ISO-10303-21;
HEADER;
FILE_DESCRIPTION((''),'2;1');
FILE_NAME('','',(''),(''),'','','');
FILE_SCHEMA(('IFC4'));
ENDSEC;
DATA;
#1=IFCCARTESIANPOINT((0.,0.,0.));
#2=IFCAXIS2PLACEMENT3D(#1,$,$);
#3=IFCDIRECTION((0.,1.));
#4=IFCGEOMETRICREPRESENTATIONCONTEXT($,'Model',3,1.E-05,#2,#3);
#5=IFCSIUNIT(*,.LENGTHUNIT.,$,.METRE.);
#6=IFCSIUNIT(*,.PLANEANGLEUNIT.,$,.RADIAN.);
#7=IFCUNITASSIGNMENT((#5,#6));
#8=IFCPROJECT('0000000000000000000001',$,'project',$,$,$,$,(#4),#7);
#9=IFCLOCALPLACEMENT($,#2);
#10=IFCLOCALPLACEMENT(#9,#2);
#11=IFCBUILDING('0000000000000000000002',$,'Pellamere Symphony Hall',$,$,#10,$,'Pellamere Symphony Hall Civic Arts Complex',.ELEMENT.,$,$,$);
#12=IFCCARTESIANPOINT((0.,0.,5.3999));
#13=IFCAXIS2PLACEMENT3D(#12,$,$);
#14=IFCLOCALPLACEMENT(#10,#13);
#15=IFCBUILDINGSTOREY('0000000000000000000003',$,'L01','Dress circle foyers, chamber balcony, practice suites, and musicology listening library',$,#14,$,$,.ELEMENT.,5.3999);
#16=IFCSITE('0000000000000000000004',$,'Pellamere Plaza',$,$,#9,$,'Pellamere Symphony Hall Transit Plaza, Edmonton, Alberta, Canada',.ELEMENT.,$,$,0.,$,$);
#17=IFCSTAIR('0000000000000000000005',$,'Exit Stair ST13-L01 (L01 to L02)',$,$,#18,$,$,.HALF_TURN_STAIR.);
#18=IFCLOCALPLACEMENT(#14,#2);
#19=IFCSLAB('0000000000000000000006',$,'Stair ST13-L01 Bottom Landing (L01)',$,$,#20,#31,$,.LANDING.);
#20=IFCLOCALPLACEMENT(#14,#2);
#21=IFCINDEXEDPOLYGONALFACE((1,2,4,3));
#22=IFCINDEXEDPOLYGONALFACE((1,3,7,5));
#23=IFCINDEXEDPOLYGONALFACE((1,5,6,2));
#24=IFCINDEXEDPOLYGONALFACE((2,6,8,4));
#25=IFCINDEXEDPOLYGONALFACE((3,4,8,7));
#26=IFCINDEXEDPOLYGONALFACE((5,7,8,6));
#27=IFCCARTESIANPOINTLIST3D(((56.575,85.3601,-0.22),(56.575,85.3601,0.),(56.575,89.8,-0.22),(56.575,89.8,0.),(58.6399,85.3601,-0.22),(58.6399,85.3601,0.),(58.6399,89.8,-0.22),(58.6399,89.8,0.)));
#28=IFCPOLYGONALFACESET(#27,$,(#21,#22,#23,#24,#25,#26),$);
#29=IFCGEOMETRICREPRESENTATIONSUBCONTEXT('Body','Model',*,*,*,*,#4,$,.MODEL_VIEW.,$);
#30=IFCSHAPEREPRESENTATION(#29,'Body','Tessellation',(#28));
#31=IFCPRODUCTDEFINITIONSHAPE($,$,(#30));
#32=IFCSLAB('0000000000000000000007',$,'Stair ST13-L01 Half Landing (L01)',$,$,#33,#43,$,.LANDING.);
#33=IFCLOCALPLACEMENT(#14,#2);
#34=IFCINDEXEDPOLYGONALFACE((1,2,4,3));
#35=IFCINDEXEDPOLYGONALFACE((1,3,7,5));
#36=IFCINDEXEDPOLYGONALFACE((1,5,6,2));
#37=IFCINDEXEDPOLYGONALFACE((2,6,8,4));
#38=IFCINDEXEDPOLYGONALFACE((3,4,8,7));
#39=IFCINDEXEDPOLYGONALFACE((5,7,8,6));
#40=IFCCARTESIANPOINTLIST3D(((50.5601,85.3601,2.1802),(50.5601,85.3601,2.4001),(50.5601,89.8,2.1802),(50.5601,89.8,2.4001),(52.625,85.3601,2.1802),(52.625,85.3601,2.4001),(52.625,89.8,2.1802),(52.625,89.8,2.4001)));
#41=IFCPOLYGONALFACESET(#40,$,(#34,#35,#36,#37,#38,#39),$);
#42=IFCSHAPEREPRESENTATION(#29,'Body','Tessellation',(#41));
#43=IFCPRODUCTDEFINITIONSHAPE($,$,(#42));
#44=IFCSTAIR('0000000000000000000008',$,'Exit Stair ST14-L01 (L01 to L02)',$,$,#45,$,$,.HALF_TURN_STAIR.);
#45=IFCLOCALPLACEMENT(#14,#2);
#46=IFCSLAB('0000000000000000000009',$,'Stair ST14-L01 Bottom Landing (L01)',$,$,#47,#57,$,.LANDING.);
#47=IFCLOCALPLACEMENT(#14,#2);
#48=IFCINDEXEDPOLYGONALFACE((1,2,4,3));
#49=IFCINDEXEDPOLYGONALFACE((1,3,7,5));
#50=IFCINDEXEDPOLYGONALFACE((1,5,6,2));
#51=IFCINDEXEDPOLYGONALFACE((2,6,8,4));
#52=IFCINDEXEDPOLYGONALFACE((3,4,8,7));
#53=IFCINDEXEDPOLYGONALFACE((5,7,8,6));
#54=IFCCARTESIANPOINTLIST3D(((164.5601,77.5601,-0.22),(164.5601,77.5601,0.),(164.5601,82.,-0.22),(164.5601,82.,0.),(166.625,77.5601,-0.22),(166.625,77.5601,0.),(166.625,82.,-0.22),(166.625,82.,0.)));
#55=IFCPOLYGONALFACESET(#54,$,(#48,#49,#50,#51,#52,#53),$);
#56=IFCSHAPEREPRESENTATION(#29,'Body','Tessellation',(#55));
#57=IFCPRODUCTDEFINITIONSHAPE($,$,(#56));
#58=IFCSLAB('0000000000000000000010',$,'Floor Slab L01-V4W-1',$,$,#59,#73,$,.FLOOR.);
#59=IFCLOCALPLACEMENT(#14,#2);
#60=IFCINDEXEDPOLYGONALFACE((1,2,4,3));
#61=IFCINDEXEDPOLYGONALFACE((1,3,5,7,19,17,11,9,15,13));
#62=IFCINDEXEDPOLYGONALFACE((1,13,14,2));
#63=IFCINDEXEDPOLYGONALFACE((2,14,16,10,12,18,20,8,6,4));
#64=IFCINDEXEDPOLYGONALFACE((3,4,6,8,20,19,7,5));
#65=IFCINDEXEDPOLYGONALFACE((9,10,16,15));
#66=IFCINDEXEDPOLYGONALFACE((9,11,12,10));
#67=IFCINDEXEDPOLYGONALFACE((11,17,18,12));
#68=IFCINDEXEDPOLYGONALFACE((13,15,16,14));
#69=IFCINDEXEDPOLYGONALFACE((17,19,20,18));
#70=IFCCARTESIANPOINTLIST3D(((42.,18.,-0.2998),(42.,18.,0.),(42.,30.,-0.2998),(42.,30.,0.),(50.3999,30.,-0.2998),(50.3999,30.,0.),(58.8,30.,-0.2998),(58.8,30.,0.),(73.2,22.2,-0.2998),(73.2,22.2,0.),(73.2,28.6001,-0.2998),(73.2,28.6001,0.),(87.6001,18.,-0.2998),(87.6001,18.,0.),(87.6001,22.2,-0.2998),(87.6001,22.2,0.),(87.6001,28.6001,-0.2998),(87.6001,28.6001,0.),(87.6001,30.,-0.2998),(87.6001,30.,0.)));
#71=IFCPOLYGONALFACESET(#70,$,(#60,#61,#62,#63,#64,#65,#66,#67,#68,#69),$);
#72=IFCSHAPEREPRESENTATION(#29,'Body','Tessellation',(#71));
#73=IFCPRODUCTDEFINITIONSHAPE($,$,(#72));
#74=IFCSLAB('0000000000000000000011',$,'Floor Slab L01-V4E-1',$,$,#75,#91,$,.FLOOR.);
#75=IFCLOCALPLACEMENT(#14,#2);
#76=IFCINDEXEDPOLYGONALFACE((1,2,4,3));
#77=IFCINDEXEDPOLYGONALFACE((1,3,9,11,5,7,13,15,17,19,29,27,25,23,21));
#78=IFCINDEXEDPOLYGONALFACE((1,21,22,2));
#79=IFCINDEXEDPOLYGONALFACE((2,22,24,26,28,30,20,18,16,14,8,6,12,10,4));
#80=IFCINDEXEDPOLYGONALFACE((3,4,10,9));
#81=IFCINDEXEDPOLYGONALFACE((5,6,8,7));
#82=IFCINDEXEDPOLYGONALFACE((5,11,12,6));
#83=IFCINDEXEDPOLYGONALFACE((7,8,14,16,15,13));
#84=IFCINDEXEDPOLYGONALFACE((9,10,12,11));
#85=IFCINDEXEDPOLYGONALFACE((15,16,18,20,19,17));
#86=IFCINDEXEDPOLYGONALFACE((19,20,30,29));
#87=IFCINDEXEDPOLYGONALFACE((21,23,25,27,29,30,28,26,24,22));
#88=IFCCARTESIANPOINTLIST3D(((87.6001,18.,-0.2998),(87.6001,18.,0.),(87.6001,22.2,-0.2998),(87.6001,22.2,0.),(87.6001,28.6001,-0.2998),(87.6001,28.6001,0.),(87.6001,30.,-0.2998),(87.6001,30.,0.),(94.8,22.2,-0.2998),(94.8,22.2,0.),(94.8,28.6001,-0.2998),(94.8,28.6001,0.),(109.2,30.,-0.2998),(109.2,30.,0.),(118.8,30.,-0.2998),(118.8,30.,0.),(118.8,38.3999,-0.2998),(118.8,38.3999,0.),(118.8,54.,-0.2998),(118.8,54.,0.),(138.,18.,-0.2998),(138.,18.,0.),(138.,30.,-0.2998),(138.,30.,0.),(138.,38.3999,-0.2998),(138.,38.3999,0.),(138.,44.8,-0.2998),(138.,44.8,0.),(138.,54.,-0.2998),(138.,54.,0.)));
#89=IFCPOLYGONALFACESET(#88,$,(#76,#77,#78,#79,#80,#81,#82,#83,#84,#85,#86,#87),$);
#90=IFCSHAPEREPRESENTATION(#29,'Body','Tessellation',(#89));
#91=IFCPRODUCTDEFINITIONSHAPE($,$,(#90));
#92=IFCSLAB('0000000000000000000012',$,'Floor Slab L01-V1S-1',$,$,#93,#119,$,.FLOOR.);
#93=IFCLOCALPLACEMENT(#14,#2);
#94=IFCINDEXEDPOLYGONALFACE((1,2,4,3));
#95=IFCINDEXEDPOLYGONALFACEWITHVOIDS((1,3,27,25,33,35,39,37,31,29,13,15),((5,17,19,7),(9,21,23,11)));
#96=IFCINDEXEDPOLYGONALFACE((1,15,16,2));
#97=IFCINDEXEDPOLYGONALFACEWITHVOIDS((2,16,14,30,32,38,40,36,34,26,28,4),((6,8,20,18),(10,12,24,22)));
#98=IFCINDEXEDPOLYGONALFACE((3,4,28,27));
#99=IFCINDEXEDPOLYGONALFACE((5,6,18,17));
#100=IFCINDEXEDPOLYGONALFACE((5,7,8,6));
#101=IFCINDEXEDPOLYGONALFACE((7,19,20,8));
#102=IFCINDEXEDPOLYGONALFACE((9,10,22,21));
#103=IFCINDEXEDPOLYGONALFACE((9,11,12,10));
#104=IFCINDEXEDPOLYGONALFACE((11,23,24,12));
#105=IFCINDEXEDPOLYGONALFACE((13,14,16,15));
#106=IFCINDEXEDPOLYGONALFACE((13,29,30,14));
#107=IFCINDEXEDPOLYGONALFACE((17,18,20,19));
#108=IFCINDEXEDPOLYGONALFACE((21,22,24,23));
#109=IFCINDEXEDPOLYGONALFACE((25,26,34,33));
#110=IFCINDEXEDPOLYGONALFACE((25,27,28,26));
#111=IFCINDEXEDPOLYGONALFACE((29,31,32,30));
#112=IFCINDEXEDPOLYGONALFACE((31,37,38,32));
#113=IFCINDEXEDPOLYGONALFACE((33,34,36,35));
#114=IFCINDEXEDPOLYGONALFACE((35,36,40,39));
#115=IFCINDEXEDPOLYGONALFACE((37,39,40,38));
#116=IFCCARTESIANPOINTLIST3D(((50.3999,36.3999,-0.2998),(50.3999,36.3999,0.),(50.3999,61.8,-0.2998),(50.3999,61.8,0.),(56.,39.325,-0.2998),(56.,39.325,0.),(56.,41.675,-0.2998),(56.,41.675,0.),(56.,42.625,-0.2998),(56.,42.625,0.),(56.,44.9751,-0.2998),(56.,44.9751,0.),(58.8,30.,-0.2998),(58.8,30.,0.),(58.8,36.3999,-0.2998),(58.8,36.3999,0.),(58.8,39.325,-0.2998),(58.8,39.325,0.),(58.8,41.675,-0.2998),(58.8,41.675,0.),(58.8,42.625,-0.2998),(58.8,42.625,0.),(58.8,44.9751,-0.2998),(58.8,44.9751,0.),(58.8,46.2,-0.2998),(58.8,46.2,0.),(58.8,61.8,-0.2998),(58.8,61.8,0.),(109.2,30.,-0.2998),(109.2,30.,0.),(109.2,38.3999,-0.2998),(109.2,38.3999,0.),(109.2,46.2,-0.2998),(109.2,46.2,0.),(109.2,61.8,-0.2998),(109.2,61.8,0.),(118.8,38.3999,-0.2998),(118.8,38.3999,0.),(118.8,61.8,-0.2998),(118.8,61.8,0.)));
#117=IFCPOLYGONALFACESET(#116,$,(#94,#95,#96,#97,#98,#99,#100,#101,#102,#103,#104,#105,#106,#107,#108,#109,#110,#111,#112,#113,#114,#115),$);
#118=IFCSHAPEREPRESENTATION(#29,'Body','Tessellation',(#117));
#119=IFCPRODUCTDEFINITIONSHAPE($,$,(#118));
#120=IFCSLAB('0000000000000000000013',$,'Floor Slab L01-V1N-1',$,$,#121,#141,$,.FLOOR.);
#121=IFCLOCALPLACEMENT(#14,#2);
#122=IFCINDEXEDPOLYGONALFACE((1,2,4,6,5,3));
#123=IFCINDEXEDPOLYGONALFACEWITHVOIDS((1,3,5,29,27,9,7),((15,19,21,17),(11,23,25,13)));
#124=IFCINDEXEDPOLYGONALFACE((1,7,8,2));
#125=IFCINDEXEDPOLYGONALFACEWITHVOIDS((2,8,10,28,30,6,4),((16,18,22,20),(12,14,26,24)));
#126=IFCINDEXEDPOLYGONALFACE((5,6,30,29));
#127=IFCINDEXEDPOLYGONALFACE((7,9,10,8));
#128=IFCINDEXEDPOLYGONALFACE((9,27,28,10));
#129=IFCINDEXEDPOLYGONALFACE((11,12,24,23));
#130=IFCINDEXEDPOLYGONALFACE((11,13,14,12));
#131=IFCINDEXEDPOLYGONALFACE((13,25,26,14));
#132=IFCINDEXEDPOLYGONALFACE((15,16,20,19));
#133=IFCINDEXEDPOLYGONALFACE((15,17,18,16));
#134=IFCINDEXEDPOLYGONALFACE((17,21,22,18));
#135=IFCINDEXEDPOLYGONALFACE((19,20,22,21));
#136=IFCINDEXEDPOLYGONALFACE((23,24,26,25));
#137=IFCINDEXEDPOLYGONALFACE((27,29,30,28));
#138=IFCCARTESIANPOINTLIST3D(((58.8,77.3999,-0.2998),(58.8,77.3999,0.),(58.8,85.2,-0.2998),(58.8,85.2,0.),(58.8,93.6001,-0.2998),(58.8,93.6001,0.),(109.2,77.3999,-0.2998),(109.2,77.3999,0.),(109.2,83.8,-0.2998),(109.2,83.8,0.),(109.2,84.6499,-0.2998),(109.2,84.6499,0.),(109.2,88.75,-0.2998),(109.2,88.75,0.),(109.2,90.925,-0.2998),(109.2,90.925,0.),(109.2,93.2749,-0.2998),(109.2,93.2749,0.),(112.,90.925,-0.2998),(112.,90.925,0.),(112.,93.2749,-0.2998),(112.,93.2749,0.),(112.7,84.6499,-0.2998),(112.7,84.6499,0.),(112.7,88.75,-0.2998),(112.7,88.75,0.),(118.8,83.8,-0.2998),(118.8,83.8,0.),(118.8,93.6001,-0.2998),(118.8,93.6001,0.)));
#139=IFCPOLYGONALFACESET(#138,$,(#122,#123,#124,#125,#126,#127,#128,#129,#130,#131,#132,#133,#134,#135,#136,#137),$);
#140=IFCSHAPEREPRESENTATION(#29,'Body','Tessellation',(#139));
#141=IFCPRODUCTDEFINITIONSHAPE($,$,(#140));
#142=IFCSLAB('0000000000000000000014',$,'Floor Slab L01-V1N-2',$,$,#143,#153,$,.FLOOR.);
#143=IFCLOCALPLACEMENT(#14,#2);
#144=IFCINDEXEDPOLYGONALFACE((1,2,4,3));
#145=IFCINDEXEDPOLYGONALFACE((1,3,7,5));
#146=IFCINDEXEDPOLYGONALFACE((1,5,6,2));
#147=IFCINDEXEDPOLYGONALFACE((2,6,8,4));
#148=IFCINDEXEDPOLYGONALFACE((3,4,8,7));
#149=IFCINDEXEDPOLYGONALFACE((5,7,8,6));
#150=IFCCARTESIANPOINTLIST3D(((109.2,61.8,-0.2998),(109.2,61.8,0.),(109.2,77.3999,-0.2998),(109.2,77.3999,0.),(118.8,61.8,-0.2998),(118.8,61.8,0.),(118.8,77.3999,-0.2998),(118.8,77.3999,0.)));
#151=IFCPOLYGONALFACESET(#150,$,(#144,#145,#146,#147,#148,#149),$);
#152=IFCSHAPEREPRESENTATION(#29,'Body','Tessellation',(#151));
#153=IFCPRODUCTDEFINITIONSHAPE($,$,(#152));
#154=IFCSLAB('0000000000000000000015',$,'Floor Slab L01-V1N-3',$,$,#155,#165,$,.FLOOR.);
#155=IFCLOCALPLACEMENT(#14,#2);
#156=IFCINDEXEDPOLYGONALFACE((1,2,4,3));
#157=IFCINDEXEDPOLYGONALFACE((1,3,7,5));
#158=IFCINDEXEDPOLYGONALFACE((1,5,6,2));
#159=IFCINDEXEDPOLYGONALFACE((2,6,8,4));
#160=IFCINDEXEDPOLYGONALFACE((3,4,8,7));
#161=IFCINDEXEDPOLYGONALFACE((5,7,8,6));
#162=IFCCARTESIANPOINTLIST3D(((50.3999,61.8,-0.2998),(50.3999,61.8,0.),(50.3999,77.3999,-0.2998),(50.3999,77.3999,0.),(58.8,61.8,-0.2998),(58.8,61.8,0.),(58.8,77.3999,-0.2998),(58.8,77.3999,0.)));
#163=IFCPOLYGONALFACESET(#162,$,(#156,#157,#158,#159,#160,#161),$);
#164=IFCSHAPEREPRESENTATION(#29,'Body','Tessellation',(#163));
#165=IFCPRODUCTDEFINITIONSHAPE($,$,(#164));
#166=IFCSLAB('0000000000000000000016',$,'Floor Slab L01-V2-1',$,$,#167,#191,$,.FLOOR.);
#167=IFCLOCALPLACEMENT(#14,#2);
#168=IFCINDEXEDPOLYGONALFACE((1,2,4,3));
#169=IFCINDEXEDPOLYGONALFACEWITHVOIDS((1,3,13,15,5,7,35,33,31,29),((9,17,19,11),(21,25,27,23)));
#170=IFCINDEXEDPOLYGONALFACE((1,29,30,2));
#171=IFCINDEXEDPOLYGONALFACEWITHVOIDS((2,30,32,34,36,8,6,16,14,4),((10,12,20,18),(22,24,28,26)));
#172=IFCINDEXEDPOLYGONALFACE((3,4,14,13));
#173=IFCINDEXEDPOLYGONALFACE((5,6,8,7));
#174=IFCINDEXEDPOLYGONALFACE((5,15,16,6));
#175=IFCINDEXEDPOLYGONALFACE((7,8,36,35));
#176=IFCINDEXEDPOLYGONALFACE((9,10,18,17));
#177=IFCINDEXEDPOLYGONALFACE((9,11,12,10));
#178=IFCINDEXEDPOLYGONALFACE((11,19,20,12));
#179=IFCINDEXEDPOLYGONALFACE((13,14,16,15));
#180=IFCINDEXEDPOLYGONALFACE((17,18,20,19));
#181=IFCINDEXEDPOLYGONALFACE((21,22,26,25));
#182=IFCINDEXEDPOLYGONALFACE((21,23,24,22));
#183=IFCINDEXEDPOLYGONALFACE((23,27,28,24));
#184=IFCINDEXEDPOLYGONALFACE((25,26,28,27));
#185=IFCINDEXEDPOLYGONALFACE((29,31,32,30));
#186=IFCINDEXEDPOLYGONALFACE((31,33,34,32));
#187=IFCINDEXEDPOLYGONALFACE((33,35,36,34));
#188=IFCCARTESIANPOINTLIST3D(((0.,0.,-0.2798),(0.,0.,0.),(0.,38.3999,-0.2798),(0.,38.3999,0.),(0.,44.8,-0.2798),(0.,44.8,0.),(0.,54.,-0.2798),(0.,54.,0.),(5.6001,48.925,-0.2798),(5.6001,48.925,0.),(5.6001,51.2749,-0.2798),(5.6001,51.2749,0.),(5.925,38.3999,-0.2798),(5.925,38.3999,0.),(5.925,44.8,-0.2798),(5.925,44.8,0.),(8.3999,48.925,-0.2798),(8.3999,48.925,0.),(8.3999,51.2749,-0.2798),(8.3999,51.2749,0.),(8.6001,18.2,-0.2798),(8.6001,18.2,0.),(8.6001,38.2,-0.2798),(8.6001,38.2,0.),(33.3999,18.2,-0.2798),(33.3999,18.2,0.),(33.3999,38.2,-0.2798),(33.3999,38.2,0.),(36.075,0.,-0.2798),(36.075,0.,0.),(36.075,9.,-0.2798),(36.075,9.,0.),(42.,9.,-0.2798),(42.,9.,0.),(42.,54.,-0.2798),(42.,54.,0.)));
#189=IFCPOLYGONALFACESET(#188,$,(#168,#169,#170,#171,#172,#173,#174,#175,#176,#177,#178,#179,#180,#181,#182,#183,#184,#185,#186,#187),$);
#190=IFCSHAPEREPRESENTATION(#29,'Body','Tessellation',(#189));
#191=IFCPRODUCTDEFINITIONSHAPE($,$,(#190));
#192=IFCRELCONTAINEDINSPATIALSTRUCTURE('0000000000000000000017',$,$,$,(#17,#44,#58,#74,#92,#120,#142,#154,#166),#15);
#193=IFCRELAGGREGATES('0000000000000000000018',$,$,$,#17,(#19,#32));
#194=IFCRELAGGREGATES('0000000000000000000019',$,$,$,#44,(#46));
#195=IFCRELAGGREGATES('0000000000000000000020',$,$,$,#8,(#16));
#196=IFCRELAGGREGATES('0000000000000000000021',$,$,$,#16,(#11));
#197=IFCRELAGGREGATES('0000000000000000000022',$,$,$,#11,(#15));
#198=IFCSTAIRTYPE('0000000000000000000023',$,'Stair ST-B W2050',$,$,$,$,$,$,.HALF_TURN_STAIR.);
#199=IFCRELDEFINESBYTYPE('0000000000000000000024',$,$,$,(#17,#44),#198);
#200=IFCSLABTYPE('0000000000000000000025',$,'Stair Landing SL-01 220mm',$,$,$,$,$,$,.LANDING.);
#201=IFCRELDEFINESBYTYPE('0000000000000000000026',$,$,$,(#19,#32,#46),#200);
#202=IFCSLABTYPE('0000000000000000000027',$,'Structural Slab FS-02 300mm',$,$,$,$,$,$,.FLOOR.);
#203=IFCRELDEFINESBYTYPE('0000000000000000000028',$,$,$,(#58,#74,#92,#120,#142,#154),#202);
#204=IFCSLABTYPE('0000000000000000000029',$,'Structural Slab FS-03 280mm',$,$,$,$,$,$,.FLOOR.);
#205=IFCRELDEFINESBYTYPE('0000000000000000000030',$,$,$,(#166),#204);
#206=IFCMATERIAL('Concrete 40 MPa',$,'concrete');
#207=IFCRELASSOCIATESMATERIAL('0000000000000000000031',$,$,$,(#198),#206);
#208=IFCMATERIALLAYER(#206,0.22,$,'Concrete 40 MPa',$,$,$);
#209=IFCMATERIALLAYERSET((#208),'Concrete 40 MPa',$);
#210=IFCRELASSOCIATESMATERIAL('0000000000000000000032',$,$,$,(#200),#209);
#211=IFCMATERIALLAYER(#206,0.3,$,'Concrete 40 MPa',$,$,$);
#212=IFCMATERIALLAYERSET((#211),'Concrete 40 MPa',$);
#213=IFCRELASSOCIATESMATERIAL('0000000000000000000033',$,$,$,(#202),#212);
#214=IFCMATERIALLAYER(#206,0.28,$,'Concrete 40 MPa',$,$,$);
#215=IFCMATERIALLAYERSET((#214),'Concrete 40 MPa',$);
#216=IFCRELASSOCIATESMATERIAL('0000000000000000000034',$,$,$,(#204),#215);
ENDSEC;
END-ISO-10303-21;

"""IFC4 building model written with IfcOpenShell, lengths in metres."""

from ifc_helpers import new_model, si_unit, direction, frame, origin, place, context, subcontext, project, spatial, polyline, outline, extrude, material, layer, layer_set, type_object, element, aggregate, save


model = new_model("IFC4")

# Units and contexts
model_context = context("Model", 3, precision=1e-05, world=origin(), true_north=direction((0.0, 1.0)))
body_context = subcontext(model_context, "Body", "Model", "MODEL_VIEW")
ifc_project = project(units=[si_unit("LENGTHUNIT", "METRE"), si_unit("PLANEANGLEUNIT", "RADIAN")], contexts=[model_context])

# Site, building, storey
site_placement = place(None, origin())
site = spatial("IfcSite", under=ifc_project, at=site_placement, Name="Pellamere Plaza", LongName="Pellamere Symphony Hall Transit Plaza, Edmonton, Alberta, Canada", CompositionType="ELEMENT", RefElevation=0.0)
building_placement = place(site_placement, origin())
building = spatial("IfcBuilding", under=site, at=building_placement, Name="Pellamere Symphony Hall", LongName="Pellamere Symphony Hall Civic Arts Complex", CompositionType="ELEMENT")
storey_placement = place(building_placement, frame((0.0, 0.0, 5.3999)))
storey = spatial("IfcBuildingStorey", under=building, at=storey_placement, Name="L01", Description="Dress circle foyers, chamber balcony, practice suites, and musicology listening library", CompositionType="ELEMENT", Elevation=5.3999)

# Shared definitions
ifc_material_1 = material(Name="Concrete 40 MPa", Category="concrete")

# Stair, slabs
stair_type_1 = type_object("IfcStairType", Name="Stair ST-B W2050", PredefinedType="HALF_TURN_STAIR", material=ifc_material_1)
ifc_layer_1 = layer(ifc_material_1, 0.22, Name="Concrete 40 MPa")
ifc_layer_set_1 = layer_set([ifc_layer_1], Name="Concrete 40 MPa")
slab_type_1 = type_object("IfcSlabType", Name="Stair Landing SL-01 220mm", PredefinedType="LANDING", material=ifc_layer_set_1)
stair_1_placement = place(storey_placement, origin())
stair_1 = element("IfcStair", 1, at=stair_1_placement, inside=storey, type_object=stair_type_1, Name="Exit Stair ST13-L01 (L01 to L02)", PredefinedType="HALF_TURN_STAIR")
slab_1_placement = place(storey_placement, frame((0.0, 0.0, -0.22)))
slab_1 = element("IfcSlab", 2, at=slab_1_placement, type_object=slab_type_1, Name="Stair ST13-L01 Bottom Landing (L01)", PredefinedType="LANDING", context=body_context, shape_type="SweptSolid", body=[
    extrude(outline(polyline([(56.575, 85.3601), (58.6399, 85.3601), (58.6399, 89.8), (56.575, 89.8), (56.575, 85.3601)])), origin(), (0.0, 0.0, 1.0), 0.22),
])
slab_2_placement = place(storey_placement, frame((0.0, 0.0, 2.1802)))
slab_2 = element("IfcSlab", 3, at=slab_2_placement, type_object=slab_type_1, Name="Stair ST13-L01 Half Landing (L01)", PredefinedType="LANDING", context=body_context, shape_type="SweptSolid", body=[
    extrude(outline(polyline([(50.5601, 85.3601), (52.625, 85.3601), (52.625, 89.8), (50.5601, 89.8), (50.5601, 85.3601)])), origin(), (0.0, 0.0, 1.0), 0.22),
])
aggregate(stair_1, [slab_1, slab_2])

# Stair, slab
stair_2_placement = place(storey_placement, origin())
stair_2 = element("IfcStair", 4, at=stair_2_placement, inside=storey, type_object=stair_type_1, Name="Exit Stair ST14-L01 (L01 to L02)", PredefinedType="HALF_TURN_STAIR")
slab_3_placement = place(storey_placement, frame((0.0, 0.0, -0.22)))
slab_3 = element("IfcSlab", 5, at=slab_3_placement, type_object=slab_type_1, Name="Stair ST14-L01 Bottom Landing (L01)", PredefinedType="LANDING", context=body_context, shape_type="SweptSolid", body=[
    extrude(outline(polyline([(164.5601, 77.5601), (166.625, 77.5601), (166.625, 82.0), (164.5601, 82.0), (164.5601, 77.5601)])), origin(), (0.0, 0.0, 1.0), 0.22),
])
aggregate(stair_2, [slab_3])

# Slabs
ifc_layer_2 = layer(ifc_material_1, 0.3, Name="Concrete 40 MPa")
ifc_layer_set_2 = layer_set([ifc_layer_2], Name="Concrete 40 MPa")
slab_type_2 = type_object("IfcSlabType", Name="Structural Slab FS-02 300mm", PredefinedType="FLOOR", material=ifc_layer_set_2)
slab_4_placement = place(storey_placement, frame((0.0, 0.0, -0.2998)))
element("IfcSlab", 6, at=slab_4_placement, inside=storey, type_object=slab_type_2, Name="Floor Slab L01-V4W-1", PredefinedType="FLOOR", context=body_context, shape_type="SweptSolid", body=[
    extrude(outline(polyline([(87.6001, 18.0), (42.0, 18.0), (42.0, 30.0), (50.3999, 30.0), (58.8, 30.0), (87.6001, 30.0), (87.6001, 28.6001), (73.2, 28.6001), (73.2, 22.2), (87.6001, 22.2), (87.6001, 18.0)])), origin(), (0.0, 0.0, 1.0), 0.2998),
])
slab_5_placement = place(storey_placement, frame((0.0, 0.0, -0.2998)))
element("IfcSlab", 7, at=slab_5_placement, inside=storey, type_object=slab_type_2, Name="Floor Slab L01-V4E-1", PredefinedType="FLOOR", context=body_context, shape_type="SweptSolid", body=[
    extrude(outline(polyline([(87.6001, 18.0), (87.6001, 22.2), (94.8, 22.2), (94.8, 28.6001), (87.6001, 28.6001), (87.6001, 30.0), (109.2, 30.0), (118.8, 30.0), (118.8, 38.3999), (118.8, 54.0), (138.0, 54.0), (138.0, 44.8), (138.0, 38.3999), (138.0, 30.0), (138.0, 18.0), (87.6001, 18.0)])), origin(), (0.0, 0.0, 1.0), 0.2998),
])
slab_6_placement = place(storey_placement, frame((0.0, 0.0, -0.2998)))
element("IfcSlab", 8, at=slab_6_placement, inside=storey, type_object=slab_type_2, Name="Floor Slab L01-V1S-1", PredefinedType="FLOOR", context=body_context, shape_type="SweptSolid", body=[
    extrude(outline(polyline([(58.8, 61.8), (58.8, 46.2), (109.2, 46.2), (109.2, 61.8), (118.8, 61.8), (118.8, 38.3999), (109.2, 38.3999), (109.2, 30.0), (58.8, 30.0), (58.8, 36.3999), (50.3999, 36.3999), (50.3999, 61.8), (58.8, 61.8)]), holes=[polyline([(58.8, 41.675), (56.0, 41.675), (56.0, 39.325), (58.8, 39.325), (58.8, 41.675)]), polyline([(58.8, 42.625), (58.8, 44.9751), (56.0, 44.9751), (56.0, 42.625), (58.8, 42.625)])]), origin(), (0.0, 0.0, 1.0), 0.2998),
])
slab_7_placement = place(storey_placement, frame((0.0, 0.0, -0.2998)))
element("IfcSlab", 9, at=slab_7_placement, inside=storey, type_object=slab_type_2, Name="Floor Slab L01-V1N-1", PredefinedType="FLOOR", context=body_context, shape_type="SweptSolid", body=[
    extrude(outline(polyline([(118.8, 93.6001), (118.8, 83.8), (109.2, 83.8), (109.2, 77.3999), (58.8, 77.3999), (58.8, 85.2), (58.8, 93.6001), (118.8, 93.6001)]), holes=[polyline([(112.0, 93.2749), (109.2, 93.2749), (109.2, 90.925), (112.0, 90.925), (112.0, 93.2749)]), polyline([(112.7, 84.6499), (112.7, 88.75), (109.2, 88.75), (109.2, 84.6499), (112.7, 84.6499)])]), origin(), (0.0, 0.0, 1.0), 0.2998),
])
slab_8_placement = place(storey_placement, frame((0.0, 0.0, -0.2998)))
element("IfcSlab", 10, at=slab_8_placement, inside=storey, type_object=slab_type_2, Name="Floor Slab L01-V1N-2", PredefinedType="FLOOR", context=body_context, shape_type="SweptSolid", body=[
    extrude(outline(polyline([(118.8, 61.8), (109.2, 61.8), (109.2, 77.3999), (118.8, 77.3999), (118.8, 61.8)])), origin(), (0.0, 0.0, 1.0), 0.2998),
])
slab_9_placement = place(storey_placement, frame((0.0, 0.0, -0.2998)))
element("IfcSlab", 11, at=slab_9_placement, inside=storey, type_object=slab_type_2, Name="Floor Slab L01-V1N-3", PredefinedType="FLOOR", context=body_context, shape_type="SweptSolid", body=[
    extrude(outline(polyline([(58.8, 61.8), (50.3999, 61.8), (50.3999, 77.3999), (58.8, 77.3999), (58.8, 61.8)])), origin(), (0.0, 0.0, 1.0), 0.2998),
])
ifc_layer_3 = layer(ifc_material_1, 0.28, Name="Concrete 40 MPa")
ifc_layer_set_3 = layer_set([ifc_layer_3], Name="Concrete 40 MPa")
slab_type_3 = type_object("IfcSlabType", Name="Structural Slab FS-03 280mm", PredefinedType="FLOOR", material=ifc_layer_set_3)
slab_10_placement = place(storey_placement, frame((0.0, 0.0, -0.2798)))
element("IfcSlab", 12, at=slab_10_placement, inside=storey, type_object=slab_type_3, Name="Floor Slab L01-V2-1", PredefinedType="FLOOR", context=body_context, shape_type="SweptSolid", body=[
    extrude(outline(polyline([(0.0, 38.3999), (5.925, 38.3999), (5.925, 44.8), (0.0, 44.8), (0.0, 54.0), (42.0, 54.0), (42.0, 9.0), (36.075, 9.0), (36.075, 0.0), (0.0, 0.0), (0.0, 38.3999)]), holes=[polyline([(8.6001, 38.2), (8.6001, 18.2), (33.3999, 18.2), (33.3999, 38.2), (8.6001, 38.2)]), polyline([(8.3999, 51.2749), (5.6001, 51.2749), (5.6001, 48.925), (8.3999, 48.925), (8.3999, 51.2749)])]), origin(), (0.0, 0.0, 1.0), 0.2798),
])

save(model, "model.ifc")
